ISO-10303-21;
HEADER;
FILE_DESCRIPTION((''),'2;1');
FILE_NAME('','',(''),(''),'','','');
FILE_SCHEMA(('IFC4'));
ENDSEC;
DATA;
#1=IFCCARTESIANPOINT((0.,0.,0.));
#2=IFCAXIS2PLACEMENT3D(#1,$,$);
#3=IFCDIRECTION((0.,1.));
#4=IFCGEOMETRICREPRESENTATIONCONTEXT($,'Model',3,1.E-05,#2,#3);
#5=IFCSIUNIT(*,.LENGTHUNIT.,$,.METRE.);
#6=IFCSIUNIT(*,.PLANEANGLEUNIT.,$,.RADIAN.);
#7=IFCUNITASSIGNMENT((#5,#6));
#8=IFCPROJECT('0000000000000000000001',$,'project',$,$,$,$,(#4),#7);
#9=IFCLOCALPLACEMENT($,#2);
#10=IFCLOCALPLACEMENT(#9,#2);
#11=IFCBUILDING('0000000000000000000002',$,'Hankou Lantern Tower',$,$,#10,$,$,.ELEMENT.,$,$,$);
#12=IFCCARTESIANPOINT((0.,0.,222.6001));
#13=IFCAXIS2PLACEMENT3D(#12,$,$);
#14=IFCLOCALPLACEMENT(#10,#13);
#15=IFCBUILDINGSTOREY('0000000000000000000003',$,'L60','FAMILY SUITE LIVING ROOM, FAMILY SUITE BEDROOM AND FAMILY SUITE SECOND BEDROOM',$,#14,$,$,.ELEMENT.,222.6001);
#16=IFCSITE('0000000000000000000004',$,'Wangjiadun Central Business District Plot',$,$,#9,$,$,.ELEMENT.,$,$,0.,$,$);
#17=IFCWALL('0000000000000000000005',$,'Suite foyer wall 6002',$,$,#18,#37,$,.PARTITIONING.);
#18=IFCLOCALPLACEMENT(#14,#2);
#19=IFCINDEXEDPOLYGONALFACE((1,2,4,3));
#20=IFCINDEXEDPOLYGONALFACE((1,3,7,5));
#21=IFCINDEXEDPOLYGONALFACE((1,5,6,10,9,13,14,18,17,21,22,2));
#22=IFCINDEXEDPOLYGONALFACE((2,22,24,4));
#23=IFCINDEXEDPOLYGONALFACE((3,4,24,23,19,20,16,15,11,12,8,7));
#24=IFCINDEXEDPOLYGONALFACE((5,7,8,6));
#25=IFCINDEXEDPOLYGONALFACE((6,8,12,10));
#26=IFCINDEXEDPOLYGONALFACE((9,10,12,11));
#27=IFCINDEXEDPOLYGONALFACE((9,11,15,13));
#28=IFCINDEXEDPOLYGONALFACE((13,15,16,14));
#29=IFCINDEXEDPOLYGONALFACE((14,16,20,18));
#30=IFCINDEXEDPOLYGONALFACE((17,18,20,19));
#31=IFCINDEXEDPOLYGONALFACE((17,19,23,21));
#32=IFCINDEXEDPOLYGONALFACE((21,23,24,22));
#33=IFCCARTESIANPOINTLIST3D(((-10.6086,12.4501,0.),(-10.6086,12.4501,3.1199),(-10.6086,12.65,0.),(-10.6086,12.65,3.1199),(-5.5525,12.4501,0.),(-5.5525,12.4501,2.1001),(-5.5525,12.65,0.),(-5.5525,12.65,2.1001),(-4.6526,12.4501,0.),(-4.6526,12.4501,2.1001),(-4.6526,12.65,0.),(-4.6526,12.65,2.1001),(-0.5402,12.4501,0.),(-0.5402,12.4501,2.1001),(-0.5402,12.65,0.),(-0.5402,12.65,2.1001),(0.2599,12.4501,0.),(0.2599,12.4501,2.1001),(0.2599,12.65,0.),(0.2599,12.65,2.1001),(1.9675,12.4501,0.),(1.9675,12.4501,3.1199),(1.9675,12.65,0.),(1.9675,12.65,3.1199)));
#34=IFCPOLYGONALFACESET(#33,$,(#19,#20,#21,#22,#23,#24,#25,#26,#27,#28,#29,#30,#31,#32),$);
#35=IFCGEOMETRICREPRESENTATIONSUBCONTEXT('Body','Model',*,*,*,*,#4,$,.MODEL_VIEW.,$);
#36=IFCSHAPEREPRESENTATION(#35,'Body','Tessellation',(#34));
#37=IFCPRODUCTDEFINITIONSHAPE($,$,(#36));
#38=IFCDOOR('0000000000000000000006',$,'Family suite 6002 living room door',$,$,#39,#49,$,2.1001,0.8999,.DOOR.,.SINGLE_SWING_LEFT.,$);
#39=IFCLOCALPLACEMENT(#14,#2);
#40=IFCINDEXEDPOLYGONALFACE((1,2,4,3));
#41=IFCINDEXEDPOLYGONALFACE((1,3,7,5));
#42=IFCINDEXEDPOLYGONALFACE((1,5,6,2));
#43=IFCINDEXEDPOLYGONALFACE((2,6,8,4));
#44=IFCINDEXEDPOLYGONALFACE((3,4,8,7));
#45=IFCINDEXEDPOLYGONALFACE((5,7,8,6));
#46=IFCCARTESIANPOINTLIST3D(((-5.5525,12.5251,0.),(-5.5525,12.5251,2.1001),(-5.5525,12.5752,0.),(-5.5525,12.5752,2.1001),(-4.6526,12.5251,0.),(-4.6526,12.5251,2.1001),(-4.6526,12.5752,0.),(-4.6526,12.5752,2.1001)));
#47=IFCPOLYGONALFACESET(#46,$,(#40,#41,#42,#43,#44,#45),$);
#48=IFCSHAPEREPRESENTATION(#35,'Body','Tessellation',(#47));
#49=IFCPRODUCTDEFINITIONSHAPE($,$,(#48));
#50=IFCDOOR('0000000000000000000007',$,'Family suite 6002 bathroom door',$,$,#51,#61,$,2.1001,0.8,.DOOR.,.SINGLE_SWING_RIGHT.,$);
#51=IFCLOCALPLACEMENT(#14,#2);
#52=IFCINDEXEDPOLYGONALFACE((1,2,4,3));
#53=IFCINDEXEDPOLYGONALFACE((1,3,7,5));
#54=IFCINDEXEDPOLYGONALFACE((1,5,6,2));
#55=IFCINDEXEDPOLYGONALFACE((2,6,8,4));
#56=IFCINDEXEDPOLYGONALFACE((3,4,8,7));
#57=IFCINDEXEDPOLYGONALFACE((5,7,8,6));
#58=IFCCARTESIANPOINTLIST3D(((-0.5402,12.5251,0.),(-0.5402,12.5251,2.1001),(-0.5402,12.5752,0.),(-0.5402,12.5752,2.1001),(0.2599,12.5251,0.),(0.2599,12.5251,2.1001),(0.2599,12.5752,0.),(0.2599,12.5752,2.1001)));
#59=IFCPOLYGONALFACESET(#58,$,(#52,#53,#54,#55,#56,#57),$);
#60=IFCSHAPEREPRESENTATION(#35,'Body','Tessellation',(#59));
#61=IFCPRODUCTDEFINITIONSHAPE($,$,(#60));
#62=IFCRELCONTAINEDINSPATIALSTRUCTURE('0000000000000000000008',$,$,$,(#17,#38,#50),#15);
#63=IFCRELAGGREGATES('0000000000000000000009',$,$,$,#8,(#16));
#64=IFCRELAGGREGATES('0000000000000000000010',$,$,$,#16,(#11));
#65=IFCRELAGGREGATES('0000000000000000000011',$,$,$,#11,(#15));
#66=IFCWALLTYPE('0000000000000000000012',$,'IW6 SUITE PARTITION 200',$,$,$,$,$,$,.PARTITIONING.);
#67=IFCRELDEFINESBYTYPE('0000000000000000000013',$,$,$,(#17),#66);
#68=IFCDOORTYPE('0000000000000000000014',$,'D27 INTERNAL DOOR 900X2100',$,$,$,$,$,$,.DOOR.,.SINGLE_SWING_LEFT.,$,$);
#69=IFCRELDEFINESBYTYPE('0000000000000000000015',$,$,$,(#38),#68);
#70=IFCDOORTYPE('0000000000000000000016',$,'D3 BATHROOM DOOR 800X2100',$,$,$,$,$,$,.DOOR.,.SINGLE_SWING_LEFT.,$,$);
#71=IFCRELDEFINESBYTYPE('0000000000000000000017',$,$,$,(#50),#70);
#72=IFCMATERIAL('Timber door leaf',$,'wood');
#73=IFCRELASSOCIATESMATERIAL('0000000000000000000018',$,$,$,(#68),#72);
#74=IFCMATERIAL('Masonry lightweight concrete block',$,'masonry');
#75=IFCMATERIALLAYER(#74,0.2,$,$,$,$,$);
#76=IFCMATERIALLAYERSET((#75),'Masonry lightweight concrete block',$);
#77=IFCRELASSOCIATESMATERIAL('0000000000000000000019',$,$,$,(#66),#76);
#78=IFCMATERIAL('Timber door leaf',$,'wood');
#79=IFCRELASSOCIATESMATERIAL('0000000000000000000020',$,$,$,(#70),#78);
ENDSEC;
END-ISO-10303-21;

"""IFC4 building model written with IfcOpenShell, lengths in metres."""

from ifc_helpers import new_model, si_unit, direction, frame, frame_2d, origin, place, context, subcontext, project, spatial, rectangle, extrude, material, layer, layer_set, type_object, element, fill, save


model = new_model("IFC4")

# Units and contexts
model_context = context("Model", 3, precision=1e-05, world=origin(), true_north=direction((0.0, 1.0)))
body_context = subcontext(model_context, "Body", "Model", "MODEL_VIEW")
ifc_project = project(units=[si_unit("LENGTHUNIT", "METRE"), si_unit("PLANEANGLEUNIT", "RADIAN")], contexts=[model_context])

# Site, building, storey
site_placement = place(None, origin())
site = spatial("IfcSite", under=ifc_project, at=site_placement, Name="Wangjiadun Central Business District Plot", CompositionType="ELEMENT", RefElevation=0.0)
building_placement = place(site_placement, origin())
building = spatial("IfcBuilding", under=site, at=building_placement, Name="Hankou Lantern Tower", CompositionType="ELEMENT")
storey_placement = place(building_placement, frame((0.0, 0.0, 222.6001)))
storey = spatial("IfcBuildingStorey", under=building, at=storey_placement, Name="L60", Description="FAMILY SUITE LIVING ROOM, FAMILY SUITE BEDROOM AND FAMILY SUITE SECOND BEDROOM", CompositionType="ELEMENT", Elevation=222.6001)

# Shared definitions
ifc_material_1 = material(Name="Timber door leaf", Category="wood")
door_type_1 = type_object("IfcDoorType", Name="D27 INTERNAL DOOR 900X2100", OperationType="SINGLE_SWING_LEFT", PredefinedType="DOOR", material=ifc_material_1)
ifc_material_2 = material(Name="Masonry lightweight concrete block", Category="masonry")
ifc_layer_1 = layer(ifc_material_2, 0.2)
ifc_layer_set_1 = layer_set([ifc_layer_1], Name="Masonry lightweight concrete block")
wall_type_1 = type_object("IfcWallType", Name="IW6 SUITE PARTITION 200", PredefinedType="PARTITIONING", material=ifc_layer_set_1)

# Wall, openings, doors
wall_1_placement = place(storey_placement, frame((1.9675, 12.55, 0.0), z_axis=(0.0, 0.0, 1.0), x_axis=(-1.0, 0.0, 0.0)))
wall_1 = element("IfcWall", 1, at=wall_1_placement, inside=storey, type_object=wall_type_1, Name="Suite foyer wall 6002", PredefinedType="PARTITIONING", context=body_context, shape_type="SweptSolid", body=[
    extrude(rectangle(XDim=12.5762, YDim=0.2, at=frame_2d((6.2881, 0.0))), origin(), (0.0, 0.0, 1.0), 3.1199),
])
opening_1_placement = place(wall_1_placement, frame((1.7078, 0.0, 0.0)))
opening_1 = element("IfcOpeningElement", 2, at=opening_1_placement, cuts=wall_1, PredefinedType="OPENING", context=body_context, shape_type="SweptSolid", body=[
    extrude(rectangle(XDim=0.8, YDim=2.1001, at=frame_2d((0.3999, 1.05))), frame((0.0, 0.1099, 0.0), z_axis=(0.0, -1.0, 0.0), x_axis=(1.0, 0.0, 0.0)), (0.0, 0.0, 1.0), 0.22),
])
opening_2_placement = place(wall_1_placement, frame((6.6201, 0.0, 0.0)))
opening_2 = element("IfcOpeningElement", 3, at=opening_2_placement, cuts=wall_1, PredefinedType="OPENING", context=body_context, shape_type="SweptSolid", body=[
    extrude(rectangle(XDim=0.8999, YDim=2.1001, at=frame_2d((0.45, 1.05))), frame((0.0, 0.1099, 0.0), z_axis=(0.0, -1.0, 0.0), x_axis=(1.0, 0.0, 0.0)), (0.0, 0.0, 1.0), 0.22),
])
door_1_placement = place(opening_2_placement, origin())
door_1 = element("IfcDoor", 4, at=door_1_placement, inside=storey, type_object=door_type_1, Name="Family suite 6002 living room door", OperationType="SINGLE_SWING_LEFT", OverallHeight=2.1001, OverallWidth=0.8999, PredefinedType="DOOR", context=body_context, shape_type="SweptSolid", body=[
    extrude(rectangle(XDim=0.8999, YDim=2.1001, at=frame_2d((0.45, 1.05))), frame((0.0, 0.0249, 0.0), z_axis=(0.0, -1.0, 0.0), x_axis=(1.0, 0.0, 0.0)), (0.0, 0.0, 1.0), 0.05),
])
fill(opening_2, door_1)
ifc_material_3 = material(Name="Timber door leaf", Category="wood")
door_type_2 = type_object("IfcDoorType", Name="D3 BATHROOM DOOR 800X2100", OperationType="SINGLE_SWING_LEFT", PredefinedType="DOOR", material=ifc_material_3)
door_2_placement = place(opening_1_placement, origin())
door_2 = element("IfcDoor", 5, at=door_2_placement, inside=storey, type_object=door_type_2, Name="Family suite 6002 bathroom door", OperationType="SINGLE_SWING_RIGHT", OverallHeight=2.1001, OverallWidth=0.8, PredefinedType="DOOR", context=body_context, shape_type="SweptSolid", body=[
    extrude(rectangle(XDim=0.8, YDim=2.1001, at=frame_2d((0.3999, 1.05))), frame((0.0, 0.0249, 0.0), z_axis=(0.0, -1.0, 0.0), x_axis=(1.0, 0.0, 0.0)), (0.0, 0.0, 1.0), 0.05),
])
fill(opening_1, door_2)

save(model, "model.ifc")
